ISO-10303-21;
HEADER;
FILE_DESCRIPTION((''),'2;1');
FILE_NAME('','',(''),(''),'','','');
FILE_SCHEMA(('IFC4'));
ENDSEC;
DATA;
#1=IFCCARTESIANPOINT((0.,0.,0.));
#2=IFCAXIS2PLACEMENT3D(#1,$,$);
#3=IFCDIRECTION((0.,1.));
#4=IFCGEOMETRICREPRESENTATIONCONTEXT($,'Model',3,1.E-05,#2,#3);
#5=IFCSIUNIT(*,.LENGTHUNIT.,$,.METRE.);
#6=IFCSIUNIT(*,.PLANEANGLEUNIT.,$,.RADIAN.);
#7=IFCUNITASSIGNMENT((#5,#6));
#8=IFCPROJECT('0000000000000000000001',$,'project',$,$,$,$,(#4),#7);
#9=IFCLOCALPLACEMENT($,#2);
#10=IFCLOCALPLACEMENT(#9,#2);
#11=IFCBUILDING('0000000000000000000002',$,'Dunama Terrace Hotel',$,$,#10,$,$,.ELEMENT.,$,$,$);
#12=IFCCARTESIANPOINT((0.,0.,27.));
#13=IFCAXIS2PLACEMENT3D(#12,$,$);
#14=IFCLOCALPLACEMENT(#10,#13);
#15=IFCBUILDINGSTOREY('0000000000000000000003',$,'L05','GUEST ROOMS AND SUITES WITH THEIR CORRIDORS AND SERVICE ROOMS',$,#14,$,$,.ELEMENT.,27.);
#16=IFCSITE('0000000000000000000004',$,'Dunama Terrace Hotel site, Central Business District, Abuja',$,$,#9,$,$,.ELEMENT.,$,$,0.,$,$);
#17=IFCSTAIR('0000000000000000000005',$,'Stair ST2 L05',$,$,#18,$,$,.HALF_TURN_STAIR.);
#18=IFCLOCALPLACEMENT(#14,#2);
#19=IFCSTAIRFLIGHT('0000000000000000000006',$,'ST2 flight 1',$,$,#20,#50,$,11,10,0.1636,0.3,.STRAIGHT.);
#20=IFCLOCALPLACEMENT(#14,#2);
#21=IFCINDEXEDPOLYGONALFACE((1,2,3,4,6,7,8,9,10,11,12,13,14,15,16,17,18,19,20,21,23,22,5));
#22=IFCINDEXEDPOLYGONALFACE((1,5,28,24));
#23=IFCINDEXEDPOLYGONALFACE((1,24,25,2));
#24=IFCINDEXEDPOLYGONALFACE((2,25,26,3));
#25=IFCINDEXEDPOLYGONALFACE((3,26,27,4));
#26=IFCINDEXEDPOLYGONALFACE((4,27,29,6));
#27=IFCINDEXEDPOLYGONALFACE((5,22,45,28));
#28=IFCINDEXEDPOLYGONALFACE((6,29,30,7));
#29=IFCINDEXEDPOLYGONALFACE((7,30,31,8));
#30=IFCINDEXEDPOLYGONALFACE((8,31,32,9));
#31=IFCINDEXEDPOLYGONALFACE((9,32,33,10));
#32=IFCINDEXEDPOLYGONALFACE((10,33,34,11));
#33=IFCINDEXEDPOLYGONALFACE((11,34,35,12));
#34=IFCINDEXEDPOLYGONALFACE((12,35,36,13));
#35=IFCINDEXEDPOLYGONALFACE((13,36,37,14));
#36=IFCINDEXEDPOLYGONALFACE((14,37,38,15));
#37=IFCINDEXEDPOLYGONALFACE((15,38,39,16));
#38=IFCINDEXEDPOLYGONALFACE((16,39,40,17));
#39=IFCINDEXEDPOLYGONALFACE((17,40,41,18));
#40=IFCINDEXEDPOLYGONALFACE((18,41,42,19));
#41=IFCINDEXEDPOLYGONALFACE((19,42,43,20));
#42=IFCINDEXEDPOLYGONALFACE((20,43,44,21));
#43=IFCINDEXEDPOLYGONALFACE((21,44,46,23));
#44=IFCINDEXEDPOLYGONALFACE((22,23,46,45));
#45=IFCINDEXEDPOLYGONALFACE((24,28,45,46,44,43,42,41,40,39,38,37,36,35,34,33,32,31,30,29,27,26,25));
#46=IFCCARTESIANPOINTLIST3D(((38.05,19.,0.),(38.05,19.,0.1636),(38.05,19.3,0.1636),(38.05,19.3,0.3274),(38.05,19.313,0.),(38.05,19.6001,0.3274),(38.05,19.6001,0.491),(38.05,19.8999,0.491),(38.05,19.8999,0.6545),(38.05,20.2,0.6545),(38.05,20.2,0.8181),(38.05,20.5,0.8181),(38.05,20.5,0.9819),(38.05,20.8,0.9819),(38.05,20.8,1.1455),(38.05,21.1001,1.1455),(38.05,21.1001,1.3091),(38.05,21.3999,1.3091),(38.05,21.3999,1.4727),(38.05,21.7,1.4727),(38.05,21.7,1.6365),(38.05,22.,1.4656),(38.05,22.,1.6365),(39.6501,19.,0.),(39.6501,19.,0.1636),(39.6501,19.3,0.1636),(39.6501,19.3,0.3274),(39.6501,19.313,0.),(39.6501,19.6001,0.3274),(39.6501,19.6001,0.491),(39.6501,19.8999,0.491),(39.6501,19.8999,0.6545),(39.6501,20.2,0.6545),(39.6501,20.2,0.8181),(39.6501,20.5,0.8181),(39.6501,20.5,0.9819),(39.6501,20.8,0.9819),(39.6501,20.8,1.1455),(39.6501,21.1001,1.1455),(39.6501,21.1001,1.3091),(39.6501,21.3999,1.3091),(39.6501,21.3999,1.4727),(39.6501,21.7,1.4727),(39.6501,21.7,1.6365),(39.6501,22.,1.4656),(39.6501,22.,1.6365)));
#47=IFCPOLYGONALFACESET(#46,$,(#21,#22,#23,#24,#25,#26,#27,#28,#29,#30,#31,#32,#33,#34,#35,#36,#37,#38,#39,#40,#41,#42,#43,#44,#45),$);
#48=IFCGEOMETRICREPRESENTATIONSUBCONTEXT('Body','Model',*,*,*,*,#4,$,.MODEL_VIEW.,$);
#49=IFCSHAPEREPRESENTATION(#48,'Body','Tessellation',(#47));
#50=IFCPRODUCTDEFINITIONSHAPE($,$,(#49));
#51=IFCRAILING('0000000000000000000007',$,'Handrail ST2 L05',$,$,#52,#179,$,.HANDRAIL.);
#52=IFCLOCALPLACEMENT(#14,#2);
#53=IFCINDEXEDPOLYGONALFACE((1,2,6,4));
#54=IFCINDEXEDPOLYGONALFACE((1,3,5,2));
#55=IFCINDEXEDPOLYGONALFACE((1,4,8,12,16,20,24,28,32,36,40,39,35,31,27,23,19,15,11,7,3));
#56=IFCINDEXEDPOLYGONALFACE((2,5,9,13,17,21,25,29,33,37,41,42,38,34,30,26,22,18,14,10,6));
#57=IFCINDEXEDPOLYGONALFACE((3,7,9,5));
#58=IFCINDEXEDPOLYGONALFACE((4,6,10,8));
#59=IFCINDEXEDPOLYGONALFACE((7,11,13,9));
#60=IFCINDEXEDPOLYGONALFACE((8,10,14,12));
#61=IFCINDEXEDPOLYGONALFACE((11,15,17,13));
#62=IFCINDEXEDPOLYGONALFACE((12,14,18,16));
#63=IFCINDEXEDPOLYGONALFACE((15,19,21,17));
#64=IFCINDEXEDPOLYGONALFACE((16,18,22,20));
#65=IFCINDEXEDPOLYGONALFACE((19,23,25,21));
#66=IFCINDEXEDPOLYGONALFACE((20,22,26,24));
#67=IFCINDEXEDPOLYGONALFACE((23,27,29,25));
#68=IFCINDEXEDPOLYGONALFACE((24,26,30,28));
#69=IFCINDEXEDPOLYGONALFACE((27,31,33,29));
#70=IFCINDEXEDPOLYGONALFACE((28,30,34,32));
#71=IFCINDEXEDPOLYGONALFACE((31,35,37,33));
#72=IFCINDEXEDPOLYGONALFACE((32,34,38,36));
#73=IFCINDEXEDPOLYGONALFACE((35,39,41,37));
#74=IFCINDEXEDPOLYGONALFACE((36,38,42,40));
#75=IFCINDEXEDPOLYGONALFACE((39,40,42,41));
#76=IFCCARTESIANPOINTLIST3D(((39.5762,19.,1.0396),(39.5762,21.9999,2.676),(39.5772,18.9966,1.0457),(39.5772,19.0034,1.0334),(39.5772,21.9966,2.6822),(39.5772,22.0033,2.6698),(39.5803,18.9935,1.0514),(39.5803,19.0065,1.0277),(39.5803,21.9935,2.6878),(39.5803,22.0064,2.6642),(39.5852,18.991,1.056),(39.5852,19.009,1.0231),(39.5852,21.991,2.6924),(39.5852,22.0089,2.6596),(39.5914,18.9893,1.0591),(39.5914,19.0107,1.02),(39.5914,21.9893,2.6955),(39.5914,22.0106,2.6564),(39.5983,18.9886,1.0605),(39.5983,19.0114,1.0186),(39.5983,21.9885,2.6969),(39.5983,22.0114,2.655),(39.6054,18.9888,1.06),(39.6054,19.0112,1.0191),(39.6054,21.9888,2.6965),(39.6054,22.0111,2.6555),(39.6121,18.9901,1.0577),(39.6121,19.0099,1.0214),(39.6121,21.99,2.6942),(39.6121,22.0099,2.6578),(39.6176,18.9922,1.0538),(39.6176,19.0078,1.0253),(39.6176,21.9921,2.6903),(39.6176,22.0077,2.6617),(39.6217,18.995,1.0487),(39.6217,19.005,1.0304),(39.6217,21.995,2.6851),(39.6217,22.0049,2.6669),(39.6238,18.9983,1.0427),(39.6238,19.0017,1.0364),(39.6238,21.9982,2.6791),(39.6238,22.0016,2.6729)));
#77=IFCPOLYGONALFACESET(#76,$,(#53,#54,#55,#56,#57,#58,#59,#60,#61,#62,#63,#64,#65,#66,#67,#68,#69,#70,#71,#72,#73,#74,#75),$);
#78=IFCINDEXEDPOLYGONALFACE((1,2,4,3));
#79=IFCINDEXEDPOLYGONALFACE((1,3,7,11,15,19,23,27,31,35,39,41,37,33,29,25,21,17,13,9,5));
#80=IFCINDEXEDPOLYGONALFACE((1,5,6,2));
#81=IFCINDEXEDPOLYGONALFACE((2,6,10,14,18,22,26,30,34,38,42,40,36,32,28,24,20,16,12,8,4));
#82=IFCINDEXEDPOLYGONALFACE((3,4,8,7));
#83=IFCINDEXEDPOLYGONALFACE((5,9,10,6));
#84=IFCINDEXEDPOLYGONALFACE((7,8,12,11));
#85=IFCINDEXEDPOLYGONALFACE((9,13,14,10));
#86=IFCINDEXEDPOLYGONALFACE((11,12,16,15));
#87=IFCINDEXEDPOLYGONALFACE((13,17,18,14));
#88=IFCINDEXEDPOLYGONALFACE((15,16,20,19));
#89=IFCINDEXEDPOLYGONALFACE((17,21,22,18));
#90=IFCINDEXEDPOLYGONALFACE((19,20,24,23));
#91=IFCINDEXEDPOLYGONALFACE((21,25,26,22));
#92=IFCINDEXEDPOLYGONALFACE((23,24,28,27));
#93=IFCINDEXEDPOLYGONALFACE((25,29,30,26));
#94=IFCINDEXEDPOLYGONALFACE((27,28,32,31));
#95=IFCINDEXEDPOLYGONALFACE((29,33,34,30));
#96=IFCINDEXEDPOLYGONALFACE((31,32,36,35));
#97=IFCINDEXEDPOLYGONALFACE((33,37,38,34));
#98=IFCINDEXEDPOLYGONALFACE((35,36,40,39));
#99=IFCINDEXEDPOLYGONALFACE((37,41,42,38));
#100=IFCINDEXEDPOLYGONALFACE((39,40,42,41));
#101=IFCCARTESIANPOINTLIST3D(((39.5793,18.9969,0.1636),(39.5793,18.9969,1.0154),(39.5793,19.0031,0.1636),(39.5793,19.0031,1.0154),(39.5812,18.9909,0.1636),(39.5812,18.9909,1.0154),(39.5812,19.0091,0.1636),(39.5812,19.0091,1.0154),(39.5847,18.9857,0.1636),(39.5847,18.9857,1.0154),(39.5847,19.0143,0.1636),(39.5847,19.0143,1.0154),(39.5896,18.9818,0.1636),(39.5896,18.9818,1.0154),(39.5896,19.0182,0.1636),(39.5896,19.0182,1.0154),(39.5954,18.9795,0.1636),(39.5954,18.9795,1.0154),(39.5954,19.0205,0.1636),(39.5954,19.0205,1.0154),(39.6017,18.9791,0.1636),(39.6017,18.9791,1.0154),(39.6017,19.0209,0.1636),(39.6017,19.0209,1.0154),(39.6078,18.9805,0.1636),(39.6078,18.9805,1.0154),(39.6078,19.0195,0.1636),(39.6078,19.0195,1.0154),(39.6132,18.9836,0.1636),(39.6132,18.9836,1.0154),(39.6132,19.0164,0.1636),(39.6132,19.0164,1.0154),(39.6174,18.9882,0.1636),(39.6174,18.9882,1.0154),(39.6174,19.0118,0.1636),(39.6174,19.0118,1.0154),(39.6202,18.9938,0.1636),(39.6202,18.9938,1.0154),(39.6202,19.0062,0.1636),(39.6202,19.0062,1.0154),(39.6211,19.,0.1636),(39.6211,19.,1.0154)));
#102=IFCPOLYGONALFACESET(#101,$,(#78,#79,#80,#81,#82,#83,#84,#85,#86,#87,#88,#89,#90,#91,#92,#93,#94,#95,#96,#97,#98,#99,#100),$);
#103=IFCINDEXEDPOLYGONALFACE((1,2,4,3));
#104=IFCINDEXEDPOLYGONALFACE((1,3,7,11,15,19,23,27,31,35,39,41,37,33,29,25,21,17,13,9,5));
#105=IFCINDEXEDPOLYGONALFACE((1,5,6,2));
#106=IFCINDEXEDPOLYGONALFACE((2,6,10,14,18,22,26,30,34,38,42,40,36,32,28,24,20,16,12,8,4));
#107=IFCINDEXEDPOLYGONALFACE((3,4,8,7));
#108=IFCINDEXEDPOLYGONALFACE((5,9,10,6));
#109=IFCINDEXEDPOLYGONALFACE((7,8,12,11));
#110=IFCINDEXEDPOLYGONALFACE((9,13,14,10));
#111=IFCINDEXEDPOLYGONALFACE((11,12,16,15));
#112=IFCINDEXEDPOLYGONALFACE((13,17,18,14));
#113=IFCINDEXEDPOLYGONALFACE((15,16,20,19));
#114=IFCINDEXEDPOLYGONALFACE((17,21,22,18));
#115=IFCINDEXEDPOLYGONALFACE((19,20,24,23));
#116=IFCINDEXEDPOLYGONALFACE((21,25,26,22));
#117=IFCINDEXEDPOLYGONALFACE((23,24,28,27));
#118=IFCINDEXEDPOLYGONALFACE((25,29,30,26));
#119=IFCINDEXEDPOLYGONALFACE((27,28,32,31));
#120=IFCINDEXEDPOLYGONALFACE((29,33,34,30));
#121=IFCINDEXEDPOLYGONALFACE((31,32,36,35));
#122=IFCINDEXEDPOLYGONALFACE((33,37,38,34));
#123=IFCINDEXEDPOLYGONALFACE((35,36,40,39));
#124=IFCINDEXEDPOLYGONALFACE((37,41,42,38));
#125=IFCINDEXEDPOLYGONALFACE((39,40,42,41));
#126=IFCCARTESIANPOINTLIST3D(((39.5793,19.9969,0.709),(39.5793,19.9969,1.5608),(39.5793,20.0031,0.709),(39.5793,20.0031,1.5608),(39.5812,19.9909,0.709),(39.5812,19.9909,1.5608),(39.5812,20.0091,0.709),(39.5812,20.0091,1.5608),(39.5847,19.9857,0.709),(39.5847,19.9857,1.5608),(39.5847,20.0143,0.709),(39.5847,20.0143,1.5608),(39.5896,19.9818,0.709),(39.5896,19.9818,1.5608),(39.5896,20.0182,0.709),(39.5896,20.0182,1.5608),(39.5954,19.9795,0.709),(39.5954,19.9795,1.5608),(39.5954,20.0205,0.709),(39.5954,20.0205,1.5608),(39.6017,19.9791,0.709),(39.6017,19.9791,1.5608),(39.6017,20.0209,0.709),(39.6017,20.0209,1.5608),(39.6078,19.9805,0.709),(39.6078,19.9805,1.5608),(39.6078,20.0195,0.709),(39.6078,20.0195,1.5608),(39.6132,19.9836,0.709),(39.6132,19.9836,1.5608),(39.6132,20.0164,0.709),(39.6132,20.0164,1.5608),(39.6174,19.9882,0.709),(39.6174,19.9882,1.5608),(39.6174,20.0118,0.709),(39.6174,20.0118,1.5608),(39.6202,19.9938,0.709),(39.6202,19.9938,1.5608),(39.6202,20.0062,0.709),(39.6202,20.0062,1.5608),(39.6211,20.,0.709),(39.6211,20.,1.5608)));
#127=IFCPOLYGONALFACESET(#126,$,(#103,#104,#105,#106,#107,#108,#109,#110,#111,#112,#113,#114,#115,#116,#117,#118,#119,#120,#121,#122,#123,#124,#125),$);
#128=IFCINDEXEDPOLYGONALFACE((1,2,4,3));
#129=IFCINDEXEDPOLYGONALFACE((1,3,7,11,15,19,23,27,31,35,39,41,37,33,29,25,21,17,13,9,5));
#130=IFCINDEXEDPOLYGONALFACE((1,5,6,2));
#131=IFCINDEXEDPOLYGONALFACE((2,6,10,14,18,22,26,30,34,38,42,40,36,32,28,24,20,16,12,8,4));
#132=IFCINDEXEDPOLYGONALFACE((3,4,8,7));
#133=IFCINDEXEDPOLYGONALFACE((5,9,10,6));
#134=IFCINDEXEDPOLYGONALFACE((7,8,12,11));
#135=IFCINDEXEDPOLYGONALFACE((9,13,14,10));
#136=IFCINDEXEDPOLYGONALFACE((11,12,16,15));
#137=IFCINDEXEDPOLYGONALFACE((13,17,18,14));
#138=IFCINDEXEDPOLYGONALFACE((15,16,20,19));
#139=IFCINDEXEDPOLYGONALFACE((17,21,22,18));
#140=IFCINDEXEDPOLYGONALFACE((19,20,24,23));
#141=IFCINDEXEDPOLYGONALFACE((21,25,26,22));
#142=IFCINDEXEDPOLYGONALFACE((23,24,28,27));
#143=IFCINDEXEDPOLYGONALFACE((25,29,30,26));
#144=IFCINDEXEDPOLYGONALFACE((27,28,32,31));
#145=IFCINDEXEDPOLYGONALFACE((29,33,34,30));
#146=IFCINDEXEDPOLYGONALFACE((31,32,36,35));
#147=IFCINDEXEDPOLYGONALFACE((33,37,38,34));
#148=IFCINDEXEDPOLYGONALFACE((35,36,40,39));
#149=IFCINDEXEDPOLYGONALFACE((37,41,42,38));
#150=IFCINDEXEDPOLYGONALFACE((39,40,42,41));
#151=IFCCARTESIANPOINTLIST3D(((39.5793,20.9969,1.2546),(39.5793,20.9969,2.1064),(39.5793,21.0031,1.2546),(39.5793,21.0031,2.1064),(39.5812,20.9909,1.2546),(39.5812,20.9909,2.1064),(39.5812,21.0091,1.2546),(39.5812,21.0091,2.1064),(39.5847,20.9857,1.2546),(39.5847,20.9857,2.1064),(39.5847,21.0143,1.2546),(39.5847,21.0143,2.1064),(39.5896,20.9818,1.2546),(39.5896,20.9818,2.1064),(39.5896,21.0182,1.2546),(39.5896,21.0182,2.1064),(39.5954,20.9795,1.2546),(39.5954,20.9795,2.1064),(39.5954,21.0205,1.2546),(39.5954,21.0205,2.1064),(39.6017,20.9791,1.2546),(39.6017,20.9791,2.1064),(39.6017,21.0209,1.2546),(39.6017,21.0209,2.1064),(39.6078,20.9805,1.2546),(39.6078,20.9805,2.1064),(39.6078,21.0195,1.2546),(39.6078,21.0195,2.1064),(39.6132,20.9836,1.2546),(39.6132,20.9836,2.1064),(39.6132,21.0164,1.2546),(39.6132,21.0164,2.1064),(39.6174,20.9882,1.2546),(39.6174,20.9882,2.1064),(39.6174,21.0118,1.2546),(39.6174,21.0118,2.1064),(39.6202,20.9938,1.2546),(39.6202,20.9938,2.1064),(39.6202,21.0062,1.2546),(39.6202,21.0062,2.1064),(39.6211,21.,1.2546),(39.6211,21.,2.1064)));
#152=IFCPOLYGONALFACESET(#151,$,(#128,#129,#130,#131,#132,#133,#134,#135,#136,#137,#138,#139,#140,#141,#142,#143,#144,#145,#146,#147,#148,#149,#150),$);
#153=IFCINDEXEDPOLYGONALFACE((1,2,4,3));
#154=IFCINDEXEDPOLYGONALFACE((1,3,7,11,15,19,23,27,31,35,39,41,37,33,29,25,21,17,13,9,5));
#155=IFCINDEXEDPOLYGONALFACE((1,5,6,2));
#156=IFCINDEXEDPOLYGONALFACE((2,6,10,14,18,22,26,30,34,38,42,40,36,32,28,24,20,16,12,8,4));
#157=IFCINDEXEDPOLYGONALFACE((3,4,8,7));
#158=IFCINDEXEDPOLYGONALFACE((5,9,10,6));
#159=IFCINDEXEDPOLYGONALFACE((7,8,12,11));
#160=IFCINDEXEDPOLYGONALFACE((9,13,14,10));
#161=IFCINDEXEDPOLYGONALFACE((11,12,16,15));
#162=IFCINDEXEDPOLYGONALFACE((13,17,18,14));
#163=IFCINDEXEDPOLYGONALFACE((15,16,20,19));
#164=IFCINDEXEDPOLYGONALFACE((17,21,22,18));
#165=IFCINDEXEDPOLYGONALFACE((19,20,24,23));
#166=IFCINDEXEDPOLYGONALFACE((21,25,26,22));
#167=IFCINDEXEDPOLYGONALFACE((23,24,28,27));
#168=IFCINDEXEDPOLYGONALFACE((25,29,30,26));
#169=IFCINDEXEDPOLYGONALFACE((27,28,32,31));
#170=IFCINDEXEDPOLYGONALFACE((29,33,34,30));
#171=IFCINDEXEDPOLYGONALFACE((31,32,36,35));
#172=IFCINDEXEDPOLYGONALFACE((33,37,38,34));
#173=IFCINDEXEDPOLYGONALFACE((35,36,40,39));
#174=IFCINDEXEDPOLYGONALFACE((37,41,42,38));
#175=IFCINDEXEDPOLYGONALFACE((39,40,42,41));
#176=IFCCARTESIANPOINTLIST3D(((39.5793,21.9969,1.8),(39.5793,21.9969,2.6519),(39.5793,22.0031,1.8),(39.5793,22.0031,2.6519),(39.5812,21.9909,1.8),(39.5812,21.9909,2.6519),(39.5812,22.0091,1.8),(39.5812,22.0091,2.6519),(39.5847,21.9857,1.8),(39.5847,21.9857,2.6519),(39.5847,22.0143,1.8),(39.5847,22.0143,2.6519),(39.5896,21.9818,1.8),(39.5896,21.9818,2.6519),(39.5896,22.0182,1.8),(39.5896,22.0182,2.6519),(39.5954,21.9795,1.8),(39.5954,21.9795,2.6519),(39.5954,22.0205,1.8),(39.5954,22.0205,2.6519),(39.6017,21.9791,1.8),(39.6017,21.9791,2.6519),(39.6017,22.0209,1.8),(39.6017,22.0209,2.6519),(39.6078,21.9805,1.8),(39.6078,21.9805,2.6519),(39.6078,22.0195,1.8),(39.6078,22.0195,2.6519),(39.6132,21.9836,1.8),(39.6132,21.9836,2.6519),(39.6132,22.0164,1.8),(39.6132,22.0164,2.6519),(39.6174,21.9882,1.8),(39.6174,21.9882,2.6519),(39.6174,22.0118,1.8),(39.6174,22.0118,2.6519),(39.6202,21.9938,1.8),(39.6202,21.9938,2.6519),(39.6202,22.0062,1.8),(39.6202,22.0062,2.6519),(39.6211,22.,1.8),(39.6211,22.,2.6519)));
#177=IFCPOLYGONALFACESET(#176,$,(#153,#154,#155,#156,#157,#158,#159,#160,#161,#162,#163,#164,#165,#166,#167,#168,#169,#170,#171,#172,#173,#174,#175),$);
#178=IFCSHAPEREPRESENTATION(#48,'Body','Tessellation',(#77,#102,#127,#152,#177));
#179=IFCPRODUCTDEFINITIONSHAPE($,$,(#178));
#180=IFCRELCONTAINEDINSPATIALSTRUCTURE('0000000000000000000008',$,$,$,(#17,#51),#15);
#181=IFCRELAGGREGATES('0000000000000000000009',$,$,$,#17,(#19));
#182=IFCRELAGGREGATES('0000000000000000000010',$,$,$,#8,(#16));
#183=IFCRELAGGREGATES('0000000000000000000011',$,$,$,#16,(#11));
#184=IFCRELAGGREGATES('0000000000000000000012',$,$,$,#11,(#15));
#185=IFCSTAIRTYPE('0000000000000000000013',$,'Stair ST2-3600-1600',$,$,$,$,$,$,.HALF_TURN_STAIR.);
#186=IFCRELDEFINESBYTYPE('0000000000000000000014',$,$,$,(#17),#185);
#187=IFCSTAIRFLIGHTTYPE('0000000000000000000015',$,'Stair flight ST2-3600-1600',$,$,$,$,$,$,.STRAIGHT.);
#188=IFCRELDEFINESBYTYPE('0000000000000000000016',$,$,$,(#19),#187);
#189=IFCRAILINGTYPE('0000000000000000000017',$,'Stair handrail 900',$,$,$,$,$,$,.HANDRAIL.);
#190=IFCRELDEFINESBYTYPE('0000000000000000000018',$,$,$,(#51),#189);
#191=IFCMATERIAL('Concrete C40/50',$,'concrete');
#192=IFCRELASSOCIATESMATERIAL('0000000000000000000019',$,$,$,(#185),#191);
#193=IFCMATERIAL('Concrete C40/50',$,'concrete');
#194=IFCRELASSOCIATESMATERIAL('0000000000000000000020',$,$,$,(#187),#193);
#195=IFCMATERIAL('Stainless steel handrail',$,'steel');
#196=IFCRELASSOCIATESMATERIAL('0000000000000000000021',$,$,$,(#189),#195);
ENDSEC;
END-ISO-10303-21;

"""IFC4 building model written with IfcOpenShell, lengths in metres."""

from ifc_helpers import new_model, si_unit, direction, frame, origin, origin_2d, place, context, subcontext, project, spatial, polyline, circle, outline, extrude, material, type_object, element, aggregate, save


model = new_model("IFC4")

# Units and contexts
model_context = context("Model", 3, precision=1e-05, world=origin(), true_north=direction((0.0, 1.0)))
body_context = subcontext(model_context, "Body", "Model", "MODEL_VIEW")
ifc_project = project(units=[si_unit("LENGTHUNIT", "METRE"), si_unit("PLANEANGLEUNIT", "RADIAN")], contexts=[model_context])

# Site, building, storey
site_placement = place(None, origin())
site = spatial("IfcSite", under=ifc_project, at=site_placement, Name="Dunama Terrace Hotel site, Central Business District, Abuja", CompositionType="ELEMENT", RefElevation=0.0)
building_placement = place(site_placement, origin())
building = spatial("IfcBuilding", under=site, at=building_placement, Name="Dunama Terrace Hotel", CompositionType="ELEMENT")
storey_placement = place(building_placement, frame((0.0, 0.0, 27.0)))
storey = spatial("IfcBuildingStorey", under=building, at=storey_placement, Name="L05", Description="GUEST ROOMS AND SUITES WITH THEIR CORRIDORS AND SERVICE ROOMS", CompositionType="ELEMENT", Elevation=27.0)

# Stair, stair flight
ifc_material_1 = material(Name="Concrete C40/50", Category="concrete")
stair_type = type_object("IfcStairType", Name="Stair ST2-3600-1600", PredefinedType="HALF_TURN_STAIR", material=ifc_material_1)
stair_placement = place(storey_placement, origin())
stair = element("IfcStair", 1, at=stair_placement, inside=storey, type_object=stair_type, Name="Stair ST2 L05", PredefinedType="HALF_TURN_STAIR")
ifc_material_2 = material(Name="Concrete C40/50", Category="concrete")
stair_flight_type = type_object("IfcStairFlightType", Name="Stair flight ST2-3600-1600", PredefinedType="STRAIGHT", material=ifc_material_2)
stair_flight_placement = place(storey_placement, frame((38.8501, 19.0, 0.0), z_axis=(0.0, 0.0, 1.0), x_axis=(0.0, 1.0, 0.0)))
stair_flight = element("IfcStairFlight", 2, at=stair_flight_placement, type_object=stair_flight_type, Name="ST2 flight 1", NumberOfRisers=11, NumberOfTreads=10, PredefinedType="STRAIGHT", RiserHeight=0.1636, TreadLength=0.3, context=body_context, shape_type="SweptSolid", body=[
    extrude(outline(polyline([(0.0, 0.0), (0.0, 0.1636), (0.3, 0.1636), (0.3, 0.3274), (0.6001, 0.3274), (0.6001, 0.491), (0.8999, 0.491), (0.8999, 0.6545), (1.2, 0.6545), (1.2, 0.8181), (1.5, 0.8181), (1.5, 0.9819), (1.8, 0.9819), (1.8, 1.1455), (2.1001, 1.1455), (2.1001, 1.3091), (2.3999, 1.3091), (2.3999, 1.4727), (2.7, 1.4727), (2.7, 1.6365), (3.0, 1.6365), (3.0, 1.8), (3.0, 1.4656), (0.313, 0.0), (0.0, 0.0)])), frame((0.0, 0.8, 0.0), z_axis=(0.0, -1.0, 0.0), x_axis=(1.0, 0.0, 0.0)), (0.0, 0.0, 1.0), 1.6001),
])
aggregate(stair, [stair_flight])

# Railing
ifc_material_3 = material(Name="Stainless steel handrail", Category="steel")
railing_type = type_object("IfcRailingType", Name="Stair handrail 900", PredefinedType="HANDRAIL", material=ifc_material_3)
railing_placement = place(storey_placement, frame((39.6001, 19.0, 0.1636)))
element("IfcRailing", 3, at=railing_placement, inside=storey, type_object=railing_type, Name="Handrail ST2 L05", PredefinedType="HANDRAIL", context=body_context, shape_type="SweptSolid", body=[
    extrude(circle(Radius=0.0239, at=origin_2d()), frame((0.0, 0.0, 0.876), z_axis=(0.0, 0.877882, 0.478877), x_axis=(-1.0, 0.0, 0.0)), (0.0, 0.0, 1.0), 3.4172),
    extrude(circle(Radius=0.021, at=origin_2d()), origin(), (0.0, 0.0, 1.0), 0.8518),
    extrude(circle(Radius=0.021, at=origin_2d()), frame((0.0, 1.0, 0.5454)), (0.0, 0.0, 1.0), 0.8518),
    extrude(circle(Radius=0.021, at=origin_2d()), frame((0.0, 2.0, 1.0911)), (0.0, 0.0, 1.0), 0.8518),
    extrude(circle(Radius=0.021, at=origin_2d()), frame((0.0, 3.0, 1.6365)), (0.0, 0.0, 1.0), 0.8518),
])

save(model, "model.ifc")
